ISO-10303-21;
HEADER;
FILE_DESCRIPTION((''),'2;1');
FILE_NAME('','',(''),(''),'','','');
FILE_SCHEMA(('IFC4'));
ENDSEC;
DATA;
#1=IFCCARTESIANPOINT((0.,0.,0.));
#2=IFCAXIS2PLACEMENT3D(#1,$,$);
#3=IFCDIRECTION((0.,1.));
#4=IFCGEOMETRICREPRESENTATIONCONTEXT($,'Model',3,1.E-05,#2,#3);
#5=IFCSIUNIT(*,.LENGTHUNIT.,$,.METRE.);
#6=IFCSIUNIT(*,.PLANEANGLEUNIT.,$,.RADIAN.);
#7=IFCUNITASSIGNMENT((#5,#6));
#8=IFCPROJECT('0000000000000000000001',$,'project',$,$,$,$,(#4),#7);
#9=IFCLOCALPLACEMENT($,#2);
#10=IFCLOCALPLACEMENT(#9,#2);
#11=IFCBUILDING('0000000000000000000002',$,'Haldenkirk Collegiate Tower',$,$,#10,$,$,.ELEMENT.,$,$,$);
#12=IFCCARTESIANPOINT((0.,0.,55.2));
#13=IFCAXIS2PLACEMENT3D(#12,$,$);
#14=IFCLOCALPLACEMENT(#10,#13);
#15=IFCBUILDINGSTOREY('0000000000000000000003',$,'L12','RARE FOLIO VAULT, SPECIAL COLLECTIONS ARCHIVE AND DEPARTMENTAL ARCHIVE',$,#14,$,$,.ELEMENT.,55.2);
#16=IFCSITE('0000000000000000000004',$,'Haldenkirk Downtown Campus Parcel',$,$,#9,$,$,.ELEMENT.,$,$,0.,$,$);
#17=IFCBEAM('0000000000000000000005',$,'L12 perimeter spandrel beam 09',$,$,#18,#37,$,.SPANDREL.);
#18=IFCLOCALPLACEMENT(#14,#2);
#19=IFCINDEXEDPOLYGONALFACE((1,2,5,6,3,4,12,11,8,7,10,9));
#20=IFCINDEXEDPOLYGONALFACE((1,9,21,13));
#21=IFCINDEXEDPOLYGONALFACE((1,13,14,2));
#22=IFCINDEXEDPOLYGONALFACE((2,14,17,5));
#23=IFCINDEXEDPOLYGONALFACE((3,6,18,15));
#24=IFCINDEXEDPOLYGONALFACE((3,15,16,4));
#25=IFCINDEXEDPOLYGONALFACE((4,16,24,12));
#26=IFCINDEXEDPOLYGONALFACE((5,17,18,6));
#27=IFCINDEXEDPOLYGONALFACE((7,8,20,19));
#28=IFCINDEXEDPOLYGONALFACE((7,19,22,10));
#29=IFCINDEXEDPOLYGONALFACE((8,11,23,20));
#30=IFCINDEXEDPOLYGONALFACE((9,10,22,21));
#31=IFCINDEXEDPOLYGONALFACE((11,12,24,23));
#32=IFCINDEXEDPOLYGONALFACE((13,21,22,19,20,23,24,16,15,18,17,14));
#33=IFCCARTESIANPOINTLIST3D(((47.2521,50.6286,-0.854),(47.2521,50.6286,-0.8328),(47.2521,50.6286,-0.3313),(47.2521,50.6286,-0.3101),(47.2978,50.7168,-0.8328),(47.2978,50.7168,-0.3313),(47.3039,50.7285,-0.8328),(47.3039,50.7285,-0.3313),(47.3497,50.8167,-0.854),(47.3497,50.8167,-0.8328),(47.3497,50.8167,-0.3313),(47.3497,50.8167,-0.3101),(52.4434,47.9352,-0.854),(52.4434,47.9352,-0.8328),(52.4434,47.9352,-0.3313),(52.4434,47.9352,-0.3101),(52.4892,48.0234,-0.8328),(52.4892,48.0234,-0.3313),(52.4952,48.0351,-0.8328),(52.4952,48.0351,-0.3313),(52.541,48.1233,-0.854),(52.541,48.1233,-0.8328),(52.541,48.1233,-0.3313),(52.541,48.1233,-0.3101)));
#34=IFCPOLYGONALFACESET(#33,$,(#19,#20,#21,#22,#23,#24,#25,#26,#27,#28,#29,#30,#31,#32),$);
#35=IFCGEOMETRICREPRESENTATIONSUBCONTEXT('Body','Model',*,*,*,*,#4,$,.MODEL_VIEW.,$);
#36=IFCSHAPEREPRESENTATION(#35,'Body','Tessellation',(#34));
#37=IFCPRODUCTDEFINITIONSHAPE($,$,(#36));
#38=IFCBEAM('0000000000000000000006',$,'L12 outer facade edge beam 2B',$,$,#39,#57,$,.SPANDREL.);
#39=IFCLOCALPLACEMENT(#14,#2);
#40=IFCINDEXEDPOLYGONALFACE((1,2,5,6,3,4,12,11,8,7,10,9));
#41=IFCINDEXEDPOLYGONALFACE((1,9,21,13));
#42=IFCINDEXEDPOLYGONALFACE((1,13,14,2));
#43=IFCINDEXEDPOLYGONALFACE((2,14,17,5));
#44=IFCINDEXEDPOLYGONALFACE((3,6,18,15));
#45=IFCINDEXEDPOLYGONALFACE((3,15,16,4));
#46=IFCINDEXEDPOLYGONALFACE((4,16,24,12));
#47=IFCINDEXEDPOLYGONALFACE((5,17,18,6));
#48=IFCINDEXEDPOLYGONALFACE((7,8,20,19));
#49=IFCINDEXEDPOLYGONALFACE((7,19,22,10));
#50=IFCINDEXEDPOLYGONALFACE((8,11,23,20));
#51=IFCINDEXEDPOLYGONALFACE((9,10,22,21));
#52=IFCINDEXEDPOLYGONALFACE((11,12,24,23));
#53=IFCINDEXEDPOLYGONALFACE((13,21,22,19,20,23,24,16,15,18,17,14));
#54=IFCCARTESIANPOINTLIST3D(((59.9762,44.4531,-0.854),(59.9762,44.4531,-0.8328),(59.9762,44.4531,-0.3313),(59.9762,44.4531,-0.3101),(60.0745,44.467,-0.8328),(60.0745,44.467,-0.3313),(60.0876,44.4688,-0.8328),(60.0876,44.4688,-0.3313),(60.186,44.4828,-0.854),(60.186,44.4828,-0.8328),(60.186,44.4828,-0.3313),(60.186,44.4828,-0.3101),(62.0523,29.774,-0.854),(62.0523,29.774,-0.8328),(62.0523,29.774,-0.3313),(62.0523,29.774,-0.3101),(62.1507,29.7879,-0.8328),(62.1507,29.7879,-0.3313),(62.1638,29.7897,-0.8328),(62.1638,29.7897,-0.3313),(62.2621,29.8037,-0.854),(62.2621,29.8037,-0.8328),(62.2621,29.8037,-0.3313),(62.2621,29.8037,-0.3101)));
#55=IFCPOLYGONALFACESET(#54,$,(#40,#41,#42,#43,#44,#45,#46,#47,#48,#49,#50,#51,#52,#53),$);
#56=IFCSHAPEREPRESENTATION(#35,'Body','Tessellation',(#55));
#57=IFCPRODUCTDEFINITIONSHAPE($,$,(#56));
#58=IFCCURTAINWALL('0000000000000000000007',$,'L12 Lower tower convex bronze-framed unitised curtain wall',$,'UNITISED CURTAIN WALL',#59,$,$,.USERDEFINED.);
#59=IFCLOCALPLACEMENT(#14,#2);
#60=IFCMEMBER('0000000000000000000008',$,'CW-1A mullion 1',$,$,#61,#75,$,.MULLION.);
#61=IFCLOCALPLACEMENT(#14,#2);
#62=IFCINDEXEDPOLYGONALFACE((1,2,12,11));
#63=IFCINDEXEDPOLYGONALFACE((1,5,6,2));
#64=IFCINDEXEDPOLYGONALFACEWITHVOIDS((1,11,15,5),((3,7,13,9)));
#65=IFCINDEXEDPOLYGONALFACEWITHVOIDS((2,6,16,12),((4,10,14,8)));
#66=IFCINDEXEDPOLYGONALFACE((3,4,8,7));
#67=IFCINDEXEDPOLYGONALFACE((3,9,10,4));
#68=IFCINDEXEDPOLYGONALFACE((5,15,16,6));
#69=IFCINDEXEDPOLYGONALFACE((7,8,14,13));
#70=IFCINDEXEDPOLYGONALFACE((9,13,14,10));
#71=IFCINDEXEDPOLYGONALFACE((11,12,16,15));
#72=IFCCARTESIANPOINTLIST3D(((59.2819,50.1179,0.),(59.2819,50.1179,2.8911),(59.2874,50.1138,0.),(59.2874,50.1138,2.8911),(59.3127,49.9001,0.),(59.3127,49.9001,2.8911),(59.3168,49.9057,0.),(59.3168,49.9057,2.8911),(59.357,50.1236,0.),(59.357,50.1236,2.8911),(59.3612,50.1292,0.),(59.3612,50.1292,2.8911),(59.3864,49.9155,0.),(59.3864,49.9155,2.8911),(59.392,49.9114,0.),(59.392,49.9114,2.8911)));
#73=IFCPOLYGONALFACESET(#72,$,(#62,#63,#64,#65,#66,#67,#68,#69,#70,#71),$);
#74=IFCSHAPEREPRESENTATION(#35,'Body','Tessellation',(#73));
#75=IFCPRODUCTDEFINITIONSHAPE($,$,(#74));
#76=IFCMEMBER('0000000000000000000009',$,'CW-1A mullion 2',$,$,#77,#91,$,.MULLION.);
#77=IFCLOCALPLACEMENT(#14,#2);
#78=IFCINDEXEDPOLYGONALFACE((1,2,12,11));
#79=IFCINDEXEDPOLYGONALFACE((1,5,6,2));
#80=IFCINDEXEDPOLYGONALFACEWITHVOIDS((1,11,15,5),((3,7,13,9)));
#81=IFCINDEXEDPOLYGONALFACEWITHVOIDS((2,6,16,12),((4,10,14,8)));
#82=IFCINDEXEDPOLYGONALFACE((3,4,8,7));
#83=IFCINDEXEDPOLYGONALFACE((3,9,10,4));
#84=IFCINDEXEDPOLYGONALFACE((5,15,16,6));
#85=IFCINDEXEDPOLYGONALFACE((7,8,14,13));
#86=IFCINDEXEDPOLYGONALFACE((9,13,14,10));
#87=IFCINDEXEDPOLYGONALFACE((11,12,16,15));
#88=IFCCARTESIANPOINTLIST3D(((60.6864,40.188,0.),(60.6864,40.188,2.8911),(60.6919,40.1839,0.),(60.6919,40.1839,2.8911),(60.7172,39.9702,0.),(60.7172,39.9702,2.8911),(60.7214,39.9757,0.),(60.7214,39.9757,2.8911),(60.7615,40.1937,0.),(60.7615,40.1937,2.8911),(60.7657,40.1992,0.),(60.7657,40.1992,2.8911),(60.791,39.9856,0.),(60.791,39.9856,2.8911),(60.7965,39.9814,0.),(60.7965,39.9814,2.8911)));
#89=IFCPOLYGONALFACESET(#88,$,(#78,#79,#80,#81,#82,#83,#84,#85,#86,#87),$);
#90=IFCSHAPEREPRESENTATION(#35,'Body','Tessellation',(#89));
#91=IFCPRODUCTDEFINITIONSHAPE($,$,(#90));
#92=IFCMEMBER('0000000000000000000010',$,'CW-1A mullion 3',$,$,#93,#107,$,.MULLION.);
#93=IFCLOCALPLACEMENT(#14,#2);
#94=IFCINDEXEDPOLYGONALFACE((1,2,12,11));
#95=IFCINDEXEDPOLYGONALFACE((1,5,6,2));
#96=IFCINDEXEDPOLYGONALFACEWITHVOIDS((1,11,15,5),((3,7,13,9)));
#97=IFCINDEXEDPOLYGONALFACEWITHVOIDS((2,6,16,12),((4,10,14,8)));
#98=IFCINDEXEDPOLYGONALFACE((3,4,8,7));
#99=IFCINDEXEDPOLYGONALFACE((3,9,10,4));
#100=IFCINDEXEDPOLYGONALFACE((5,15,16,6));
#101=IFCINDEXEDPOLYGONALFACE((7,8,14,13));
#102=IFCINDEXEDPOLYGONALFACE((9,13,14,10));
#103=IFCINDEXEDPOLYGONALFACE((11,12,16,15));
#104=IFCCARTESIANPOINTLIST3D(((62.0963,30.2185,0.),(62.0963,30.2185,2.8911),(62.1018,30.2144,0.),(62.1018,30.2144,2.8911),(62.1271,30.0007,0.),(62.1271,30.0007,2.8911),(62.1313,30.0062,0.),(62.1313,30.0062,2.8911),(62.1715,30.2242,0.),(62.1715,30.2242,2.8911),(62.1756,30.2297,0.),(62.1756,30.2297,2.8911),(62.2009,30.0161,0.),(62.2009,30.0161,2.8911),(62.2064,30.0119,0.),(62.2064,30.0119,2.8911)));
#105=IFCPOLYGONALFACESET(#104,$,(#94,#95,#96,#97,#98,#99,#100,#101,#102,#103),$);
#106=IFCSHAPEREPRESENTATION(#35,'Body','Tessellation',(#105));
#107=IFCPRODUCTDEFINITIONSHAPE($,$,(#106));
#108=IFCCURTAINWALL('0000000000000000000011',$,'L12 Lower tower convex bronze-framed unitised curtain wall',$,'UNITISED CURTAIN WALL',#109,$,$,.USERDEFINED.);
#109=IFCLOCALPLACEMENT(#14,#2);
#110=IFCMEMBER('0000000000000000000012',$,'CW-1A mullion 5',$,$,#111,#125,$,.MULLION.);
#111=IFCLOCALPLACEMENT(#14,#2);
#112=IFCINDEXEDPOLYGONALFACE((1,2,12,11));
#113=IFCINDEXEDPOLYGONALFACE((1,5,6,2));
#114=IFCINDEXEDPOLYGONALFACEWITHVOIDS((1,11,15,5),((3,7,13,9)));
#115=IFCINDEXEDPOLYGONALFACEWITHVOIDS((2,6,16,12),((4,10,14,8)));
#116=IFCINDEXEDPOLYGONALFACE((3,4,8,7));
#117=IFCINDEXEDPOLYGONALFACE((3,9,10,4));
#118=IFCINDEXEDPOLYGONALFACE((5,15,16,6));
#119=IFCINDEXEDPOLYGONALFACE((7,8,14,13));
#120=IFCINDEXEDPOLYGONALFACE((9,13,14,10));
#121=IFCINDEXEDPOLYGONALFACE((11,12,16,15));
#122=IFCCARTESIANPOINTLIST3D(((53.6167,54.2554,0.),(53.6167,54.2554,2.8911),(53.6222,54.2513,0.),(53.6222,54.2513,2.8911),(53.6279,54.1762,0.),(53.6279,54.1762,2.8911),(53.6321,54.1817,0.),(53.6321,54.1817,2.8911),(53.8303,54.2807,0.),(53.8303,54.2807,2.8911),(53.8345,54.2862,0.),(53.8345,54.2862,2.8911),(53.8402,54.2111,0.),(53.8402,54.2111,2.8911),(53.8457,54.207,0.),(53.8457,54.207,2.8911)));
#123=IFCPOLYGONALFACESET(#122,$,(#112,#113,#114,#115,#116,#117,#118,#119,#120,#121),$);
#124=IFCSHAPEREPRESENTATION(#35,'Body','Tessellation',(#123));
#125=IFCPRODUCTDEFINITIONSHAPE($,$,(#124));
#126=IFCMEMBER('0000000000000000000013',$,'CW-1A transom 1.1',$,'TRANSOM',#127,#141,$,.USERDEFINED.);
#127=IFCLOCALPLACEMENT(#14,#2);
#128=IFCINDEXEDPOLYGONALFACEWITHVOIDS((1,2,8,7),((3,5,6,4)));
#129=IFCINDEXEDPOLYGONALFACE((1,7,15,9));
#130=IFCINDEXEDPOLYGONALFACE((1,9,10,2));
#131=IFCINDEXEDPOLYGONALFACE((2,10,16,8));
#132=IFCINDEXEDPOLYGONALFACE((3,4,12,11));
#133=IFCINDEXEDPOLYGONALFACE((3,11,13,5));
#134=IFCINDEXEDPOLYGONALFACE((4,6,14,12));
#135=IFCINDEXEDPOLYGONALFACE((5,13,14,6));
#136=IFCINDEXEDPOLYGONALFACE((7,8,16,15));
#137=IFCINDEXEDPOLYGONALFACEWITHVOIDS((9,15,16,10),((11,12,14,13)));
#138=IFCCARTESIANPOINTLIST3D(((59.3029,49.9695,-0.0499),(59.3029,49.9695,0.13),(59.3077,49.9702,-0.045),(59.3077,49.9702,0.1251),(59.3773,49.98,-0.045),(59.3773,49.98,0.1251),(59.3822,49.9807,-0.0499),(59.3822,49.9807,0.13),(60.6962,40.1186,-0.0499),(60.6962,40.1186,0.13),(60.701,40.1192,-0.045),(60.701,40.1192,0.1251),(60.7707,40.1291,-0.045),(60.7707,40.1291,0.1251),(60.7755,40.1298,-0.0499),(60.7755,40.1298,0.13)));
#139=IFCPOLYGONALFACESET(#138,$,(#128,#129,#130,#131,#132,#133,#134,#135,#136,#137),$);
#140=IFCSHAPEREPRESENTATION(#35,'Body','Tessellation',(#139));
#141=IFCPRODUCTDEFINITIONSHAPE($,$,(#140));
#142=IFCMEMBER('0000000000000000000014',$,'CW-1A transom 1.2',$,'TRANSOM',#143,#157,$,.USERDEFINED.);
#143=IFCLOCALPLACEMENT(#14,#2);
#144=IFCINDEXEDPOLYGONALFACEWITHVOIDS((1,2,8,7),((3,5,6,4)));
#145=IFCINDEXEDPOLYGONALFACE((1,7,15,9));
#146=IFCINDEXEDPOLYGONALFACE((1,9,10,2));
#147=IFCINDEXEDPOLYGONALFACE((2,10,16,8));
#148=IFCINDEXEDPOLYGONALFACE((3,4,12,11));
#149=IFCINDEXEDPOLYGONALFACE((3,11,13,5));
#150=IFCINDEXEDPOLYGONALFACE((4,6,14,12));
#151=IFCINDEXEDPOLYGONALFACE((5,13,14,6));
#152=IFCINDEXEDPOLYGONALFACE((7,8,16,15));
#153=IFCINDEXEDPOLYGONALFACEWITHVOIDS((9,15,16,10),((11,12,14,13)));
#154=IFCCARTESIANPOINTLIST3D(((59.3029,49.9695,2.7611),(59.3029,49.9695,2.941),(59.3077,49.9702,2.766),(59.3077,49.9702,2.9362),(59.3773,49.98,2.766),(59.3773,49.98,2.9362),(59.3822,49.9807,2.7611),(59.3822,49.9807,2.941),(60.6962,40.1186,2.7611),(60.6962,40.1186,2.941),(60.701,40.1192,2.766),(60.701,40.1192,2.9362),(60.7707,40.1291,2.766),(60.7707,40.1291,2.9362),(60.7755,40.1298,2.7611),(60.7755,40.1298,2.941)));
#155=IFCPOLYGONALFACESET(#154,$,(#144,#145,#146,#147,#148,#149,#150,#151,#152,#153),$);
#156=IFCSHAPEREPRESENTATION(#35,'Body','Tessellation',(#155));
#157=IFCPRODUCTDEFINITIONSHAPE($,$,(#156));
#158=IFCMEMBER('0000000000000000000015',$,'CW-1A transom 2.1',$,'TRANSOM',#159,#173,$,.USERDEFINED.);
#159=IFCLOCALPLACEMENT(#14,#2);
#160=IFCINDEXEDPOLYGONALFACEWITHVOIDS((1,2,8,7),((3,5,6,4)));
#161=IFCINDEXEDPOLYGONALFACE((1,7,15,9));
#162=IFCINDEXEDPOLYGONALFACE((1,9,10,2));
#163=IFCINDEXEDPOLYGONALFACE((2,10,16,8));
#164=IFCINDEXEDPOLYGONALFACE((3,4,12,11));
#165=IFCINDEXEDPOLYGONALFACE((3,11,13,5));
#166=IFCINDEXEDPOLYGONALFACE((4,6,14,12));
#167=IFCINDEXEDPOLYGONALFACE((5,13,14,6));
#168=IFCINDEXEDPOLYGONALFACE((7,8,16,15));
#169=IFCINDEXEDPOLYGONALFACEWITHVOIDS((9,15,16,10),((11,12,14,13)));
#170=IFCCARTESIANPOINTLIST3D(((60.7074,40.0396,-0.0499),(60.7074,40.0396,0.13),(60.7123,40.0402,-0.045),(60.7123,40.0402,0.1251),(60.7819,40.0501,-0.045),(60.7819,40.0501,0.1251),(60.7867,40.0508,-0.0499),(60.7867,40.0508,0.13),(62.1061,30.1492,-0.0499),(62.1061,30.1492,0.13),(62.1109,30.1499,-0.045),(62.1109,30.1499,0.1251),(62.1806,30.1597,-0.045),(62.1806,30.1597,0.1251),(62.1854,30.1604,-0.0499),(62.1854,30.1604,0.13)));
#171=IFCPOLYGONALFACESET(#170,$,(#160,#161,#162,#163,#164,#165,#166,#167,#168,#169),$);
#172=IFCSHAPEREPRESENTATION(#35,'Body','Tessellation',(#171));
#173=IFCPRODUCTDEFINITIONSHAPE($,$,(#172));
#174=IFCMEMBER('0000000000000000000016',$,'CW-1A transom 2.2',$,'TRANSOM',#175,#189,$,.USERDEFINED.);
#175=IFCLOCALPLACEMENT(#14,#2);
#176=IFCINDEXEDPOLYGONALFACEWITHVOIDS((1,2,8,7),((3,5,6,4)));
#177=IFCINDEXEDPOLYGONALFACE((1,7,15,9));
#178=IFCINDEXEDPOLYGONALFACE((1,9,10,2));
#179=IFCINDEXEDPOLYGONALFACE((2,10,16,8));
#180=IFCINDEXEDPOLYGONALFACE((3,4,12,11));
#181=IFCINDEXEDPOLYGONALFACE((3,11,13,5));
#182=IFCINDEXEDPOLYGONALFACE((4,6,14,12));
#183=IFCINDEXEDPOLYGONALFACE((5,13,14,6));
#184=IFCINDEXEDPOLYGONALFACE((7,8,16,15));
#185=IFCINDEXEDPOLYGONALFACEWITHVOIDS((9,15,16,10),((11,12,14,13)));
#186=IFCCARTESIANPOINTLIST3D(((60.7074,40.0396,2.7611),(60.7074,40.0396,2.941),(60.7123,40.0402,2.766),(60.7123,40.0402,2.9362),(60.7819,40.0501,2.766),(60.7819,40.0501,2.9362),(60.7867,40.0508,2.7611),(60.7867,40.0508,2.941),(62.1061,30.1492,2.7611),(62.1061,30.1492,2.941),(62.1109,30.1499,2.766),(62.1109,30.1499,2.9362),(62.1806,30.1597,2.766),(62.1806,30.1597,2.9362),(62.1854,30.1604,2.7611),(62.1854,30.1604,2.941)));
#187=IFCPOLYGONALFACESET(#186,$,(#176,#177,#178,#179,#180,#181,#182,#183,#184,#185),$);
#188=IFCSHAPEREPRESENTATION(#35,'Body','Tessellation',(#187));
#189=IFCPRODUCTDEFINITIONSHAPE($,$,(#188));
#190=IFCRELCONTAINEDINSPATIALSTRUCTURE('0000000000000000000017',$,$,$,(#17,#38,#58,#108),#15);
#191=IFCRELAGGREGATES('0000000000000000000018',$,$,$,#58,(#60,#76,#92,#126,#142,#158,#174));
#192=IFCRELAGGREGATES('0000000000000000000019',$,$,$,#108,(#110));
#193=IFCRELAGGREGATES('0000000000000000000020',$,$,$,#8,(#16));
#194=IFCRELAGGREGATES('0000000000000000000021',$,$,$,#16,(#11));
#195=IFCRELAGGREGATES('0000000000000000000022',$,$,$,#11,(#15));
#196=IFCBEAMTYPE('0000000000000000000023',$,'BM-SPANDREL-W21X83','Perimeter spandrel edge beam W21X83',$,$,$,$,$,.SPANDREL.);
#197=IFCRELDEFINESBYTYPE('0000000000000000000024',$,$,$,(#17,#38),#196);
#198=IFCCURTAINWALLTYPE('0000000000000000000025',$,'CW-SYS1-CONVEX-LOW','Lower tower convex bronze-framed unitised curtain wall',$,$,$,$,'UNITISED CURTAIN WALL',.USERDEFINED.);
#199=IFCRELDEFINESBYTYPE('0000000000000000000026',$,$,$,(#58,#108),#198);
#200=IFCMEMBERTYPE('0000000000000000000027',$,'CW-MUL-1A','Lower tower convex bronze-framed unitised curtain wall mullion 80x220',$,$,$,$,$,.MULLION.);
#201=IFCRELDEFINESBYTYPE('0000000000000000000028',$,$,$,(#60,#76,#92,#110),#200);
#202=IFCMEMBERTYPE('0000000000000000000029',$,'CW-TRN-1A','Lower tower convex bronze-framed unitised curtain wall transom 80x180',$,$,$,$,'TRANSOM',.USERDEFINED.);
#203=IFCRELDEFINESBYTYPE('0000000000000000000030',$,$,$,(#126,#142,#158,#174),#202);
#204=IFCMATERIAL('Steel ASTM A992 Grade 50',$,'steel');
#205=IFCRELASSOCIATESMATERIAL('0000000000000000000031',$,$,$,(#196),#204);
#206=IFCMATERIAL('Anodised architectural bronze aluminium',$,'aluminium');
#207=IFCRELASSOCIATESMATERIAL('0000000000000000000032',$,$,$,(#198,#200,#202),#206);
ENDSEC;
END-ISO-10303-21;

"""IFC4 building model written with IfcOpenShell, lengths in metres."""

from ifc_helpers import new_model, si_unit, direction, frame, origin, origin_2d, place, context, subcontext, project, spatial, hollow_rectangle, i_section, extrude, material, material_profile, profile_set, type_object, element, aggregate, save


model = new_model("IFC4")

# Units and contexts
model_context = context("Model", 3, precision=1e-05, world=origin(), true_north=direction((0.0, 1.0)))
body_context = subcontext(model_context, "Body", "Model", "MODEL_VIEW")
ifc_project = project(units=[si_unit("LENGTHUNIT", "METRE"), si_unit("PLANEANGLEUNIT", "RADIAN")], contexts=[model_context])

# Site, building, storey
site_placement = place(None, origin())
site = spatial("IfcSite", under=ifc_project, at=site_placement, Name="Haldenkirk Downtown Campus Parcel", CompositionType="ELEMENT", RefElevation=0.0)
building_placement = place(site_placement, origin())
building = spatial("IfcBuilding", under=site, at=building_placement, Name="Haldenkirk Collegiate Tower", CompositionType="ELEMENT")
storey_placement = place(building_placement, frame((0.0, 0.0, 55.2)))
storey = spatial("IfcBuildingStorey", under=building, at=storey_placement, Name="L12", Description="RARE FOLIO VAULT, SPECIAL COLLECTIONS ARCHIVE AND DEPARTMENTAL ARCHIVE", CompositionType="ELEMENT", Elevation=55.2)

# Beams
ifc_material_1 = material(Name="Steel ASTM A992 Grade 50", Category="steel")
ifc_material_profile_1 = material_profile(ifc_material_1, i_section(OverallWidth=0.2119, OverallDepth=0.5439, WebThickness=0.0132, FlangeThickness=0.0212, at=origin_2d()), Name="W21X83")
ifc_profile_set_1 = profile_set([ifc_material_profile_1], Name="Steel ASTM A992 Grade 50")
beam_type_1 = type_object("IfcBeamType", Name="BM-SPANDREL-W21X83", Description="Perimeter spandrel edge beam W21X83", PredefinedType="SPANDREL", material=ifc_profile_set_1)
beam_1_placement = place(storey_placement, frame((52.4922, 48.0293, -0.582), z_axis=(-0.887648, 0.460522, 0.0), x_axis=(-0.460522, -0.887648, 0.0)))
element("IfcBeam", 1, at=beam_1_placement, inside=storey, type_object=beam_type_1, Name="L12 perimeter spandrel beam 09", PredefinedType="SPANDREL", context=body_context, shape_type="SweptSolid", body=[
    extrude(i_section(OverallWidth=0.2119, OverallDepth=0.5439, WebThickness=0.0132, FlangeThickness=0.0212, at=origin_2d()), origin(), (0.0, 0.0, 1.0), 5.8484),
])
beam_2_placement = place(storey_placement, frame((62.1572, 29.7888, -0.582), z_axis=(-0.140043, 0.990145, 0.0), x_axis=(-0.990145, -0.140043, 0.0)))
element("IfcBeam", 2, at=beam_2_placement, inside=storey, type_object=beam_type_1, Name="L12 outer facade edge beam 2B", PredefinedType="SPANDREL", context=body_context, shape_type="SweptSolid", body=[
    extrude(i_section(OverallWidth=0.2119, OverallDepth=0.5439, WebThickness=0.0132, FlangeThickness=0.0212, at=origin_2d()), origin(), (0.0, 0.0, 1.0), 14.8252),
])

# Curtain wall, members
ifc_material_2 = material(Name="Anodised architectural bronze aluminium", Category="aluminium")
curtain_wall_type = type_object("IfcCurtainWallType", Name="CW-SYS1-CONVEX-LOW", Description="Lower tower convex bronze-framed unitised curtain wall", ElementType="UNITISED CURTAIN WALL", PredefinedType="USERDEFINED", material=ifc_material_2)
curtain_wall_1_placement = place(storey_placement, origin())
curtain_wall_1 = element("IfcCurtainWall", 3, at=curtain_wall_1_placement, inside=storey, type_object=curtain_wall_type, Name="L12 Lower tower convex bronze-framed unitised curtain wall", ObjectType="UNITISED CURTAIN WALL", PredefinedType="USERDEFINED")
ifc_material_profile_2 = material_profile(ifc_material_2, hollow_rectangle(XDim=0.0801, YDim=0.22, WallThickness=0.0049, at=origin_2d()), Name="CW-MUL-1A")
ifc_profile_set_2 = profile_set([ifc_material_profile_2], Name="Anodised architectural bronze aluminium")
member_type_1 = type_object("IfcMemberType", Name="CW-MUL-1A", Description="Lower tower convex bronze-framed unitised curtain wall mullion 80x220", PredefinedType="MULLION", material=ifc_profile_set_2)
member_1_placement = place(storey_placement, frame((59.3369, 50.0146, 0.0), z_axis=(0.0, 0.0, 1.0), x_axis=(0.990146, 0.140039, 0.0)))
member_1 = element("IfcMember", 4, at=member_1_placement, type_object=member_type_1, Name="CW-1A mullion 1", PredefinedType="MULLION", context=body_context, shape_type="SweptSolid", body=[
    extrude(hollow_rectangle(XDim=0.0801, YDim=0.22, WallThickness=0.0049, at=origin_2d()), origin(), (0.0, 0.0, 1.0), 2.8911),
])
member_2_placement = place(storey_placement, frame((60.7415, 40.0847, 0.0), z_axis=(0.0, 0.0, 1.0), x_axis=(0.990146, 0.140039, 0.0)))
member_2 = element("IfcMember", 5, at=member_2_placement, type_object=member_type_1, Name="CW-1A mullion 2", PredefinedType="MULLION", context=body_context, shape_type="SweptSolid", body=[
    extrude(hollow_rectangle(XDim=0.0801, YDim=0.22, WallThickness=0.0049, at=origin_2d()), origin(), (0.0, 0.0, 1.0), 2.8911),
])
member_3_placement = place(storey_placement, frame((62.1514, 30.1152, 0.0), z_axis=(0.0, 0.0, 1.0), x_axis=(0.990146, 0.140039, 0.0)))
member_3 = element("IfcMember", 6, at=member_3_placement, type_object=member_type_1, Name="CW-1A mullion 3", PredefinedType="MULLION", context=body_context, shape_type="SweptSolid", body=[
    extrude(hollow_rectangle(XDim=0.0801, YDim=0.22, WallThickness=0.0049, at=origin_2d()), origin(), (0.0, 0.0, 1.0), 2.8911),
])

# Curtain wall, member
curtain_wall_2_placement = place(storey_placement, origin())
curtain_wall_2 = element("IfcCurtainWall", 7, at=curtain_wall_2_placement, inside=storey, type_object=curtain_wall_type, Name="L12 Lower tower convex bronze-framed unitised curtain wall", ObjectType="UNITISED CURTAIN WALL", PredefinedType="USERDEFINED")
member_4_placement = place(storey_placement, frame((53.7312, 54.2312, 0.0), z_axis=(0.0, 0.0, 1.0), x_axis=(-0.140039, 0.990146, 0.0)))
member_4 = element("IfcMember", 8, at=member_4_placement, type_object=member_type_1, Name="CW-1A mullion 5", PredefinedType="MULLION", context=body_context, shape_type="SweptSolid", body=[
    extrude(hollow_rectangle(XDim=0.0801, YDim=0.22, WallThickness=0.0049, at=origin_2d()), origin(), (0.0, 0.0, 1.0), 2.8911),
])

# Members
ifc_material_profile_3 = material_profile(ifc_material_2, hollow_rectangle(XDim=0.0801, YDim=0.1799, WallThickness=0.0049, at=origin_2d()), Name="CW-TRN-1A")
ifc_profile_set_3 = profile_set([ifc_material_profile_3], Name="Anodised architectural bronze aluminium")
member_type_2 = type_object("IfcMemberType", Name="CW-TRN-1A", Description="Lower tower convex bronze-framed unitised curtain wall transom 80x180", ElementType="TRANSOM", PredefinedType="USERDEFINED", material=ifc_profile_set_3)
member_5_placement = place(storey_placement, frame((59.3425, 49.9751, 0.04), z_axis=(0.140047, -0.990145, 0.0), x_axis=(0.990145, 0.140047, 0.0)))
member_5 = element("IfcMember", 9, at=member_5_placement, type_object=member_type_2, Name="CW-1A transom 1.1", ObjectType="TRANSOM", PredefinedType="USERDEFINED", context=body_context, shape_type="SweptSolid", body=[
    extrude(hollow_rectangle(XDim=0.0801, YDim=0.1799, WallThickness=0.0049, at=origin_2d()), origin(), (0.0, 0.0, 1.0), 9.949),
])
member_6_placement = place(storey_placement, frame((59.3425, 49.9751, 2.8511), z_axis=(0.140047, -0.990145, 0.0), x_axis=(0.990145, 0.140047, 0.0)))
member_6 = element("IfcMember", 10, at=member_6_placement, type_object=member_type_2, Name="CW-1A transom 1.2", ObjectType="TRANSOM", PredefinedType="USERDEFINED", context=body_context, shape_type="SweptSolid", body=[
    extrude(hollow_rectangle(XDim=0.0801, YDim=0.1799, WallThickness=0.0049, at=origin_2d()), origin(), (0.0, 0.0, 1.0), 9.949),
])
member_7_placement = place(storey_placement, frame((60.7471, 40.0452, 0.04), z_axis=(0.140025, -0.990148, 0.0), x_axis=(0.990148, 0.140025, 0.0)))
member_7 = element("IfcMember", 11, at=member_7_placement, type_object=member_type_2, Name="CW-1A transom 2.1", ObjectType="TRANSOM", PredefinedType="USERDEFINED", context=body_context, shape_type="SweptSolid", body=[
    extrude(hollow_rectangle(XDim=0.0801, YDim=0.1799, WallThickness=0.0049, at=origin_2d()), origin(), (0.0, 0.0, 1.0), 9.9888),
])
member_8_placement = place(storey_placement, frame((60.7471, 40.0452, 2.8511), z_axis=(0.140025, -0.990148, 0.0), x_axis=(0.990148, 0.140025, 0.0)))
member_8 = element("IfcMember", 12, at=member_8_placement, type_object=member_type_2, Name="CW-1A transom 2.2", ObjectType="TRANSOM", PredefinedType="USERDEFINED", context=body_context, shape_type="SweptSolid", body=[
    extrude(hollow_rectangle(XDim=0.0801, YDim=0.1799, WallThickness=0.0049, at=origin_2d()), origin(), (0.0, 0.0, 1.0), 9.9888),
])

aggregate(curtain_wall_1, [member_1, member_2, member_3, member_5, member_6, member_7, member_8])
aggregate(curtain_wall_2, [member_4])

save(model, "model.ifc")
